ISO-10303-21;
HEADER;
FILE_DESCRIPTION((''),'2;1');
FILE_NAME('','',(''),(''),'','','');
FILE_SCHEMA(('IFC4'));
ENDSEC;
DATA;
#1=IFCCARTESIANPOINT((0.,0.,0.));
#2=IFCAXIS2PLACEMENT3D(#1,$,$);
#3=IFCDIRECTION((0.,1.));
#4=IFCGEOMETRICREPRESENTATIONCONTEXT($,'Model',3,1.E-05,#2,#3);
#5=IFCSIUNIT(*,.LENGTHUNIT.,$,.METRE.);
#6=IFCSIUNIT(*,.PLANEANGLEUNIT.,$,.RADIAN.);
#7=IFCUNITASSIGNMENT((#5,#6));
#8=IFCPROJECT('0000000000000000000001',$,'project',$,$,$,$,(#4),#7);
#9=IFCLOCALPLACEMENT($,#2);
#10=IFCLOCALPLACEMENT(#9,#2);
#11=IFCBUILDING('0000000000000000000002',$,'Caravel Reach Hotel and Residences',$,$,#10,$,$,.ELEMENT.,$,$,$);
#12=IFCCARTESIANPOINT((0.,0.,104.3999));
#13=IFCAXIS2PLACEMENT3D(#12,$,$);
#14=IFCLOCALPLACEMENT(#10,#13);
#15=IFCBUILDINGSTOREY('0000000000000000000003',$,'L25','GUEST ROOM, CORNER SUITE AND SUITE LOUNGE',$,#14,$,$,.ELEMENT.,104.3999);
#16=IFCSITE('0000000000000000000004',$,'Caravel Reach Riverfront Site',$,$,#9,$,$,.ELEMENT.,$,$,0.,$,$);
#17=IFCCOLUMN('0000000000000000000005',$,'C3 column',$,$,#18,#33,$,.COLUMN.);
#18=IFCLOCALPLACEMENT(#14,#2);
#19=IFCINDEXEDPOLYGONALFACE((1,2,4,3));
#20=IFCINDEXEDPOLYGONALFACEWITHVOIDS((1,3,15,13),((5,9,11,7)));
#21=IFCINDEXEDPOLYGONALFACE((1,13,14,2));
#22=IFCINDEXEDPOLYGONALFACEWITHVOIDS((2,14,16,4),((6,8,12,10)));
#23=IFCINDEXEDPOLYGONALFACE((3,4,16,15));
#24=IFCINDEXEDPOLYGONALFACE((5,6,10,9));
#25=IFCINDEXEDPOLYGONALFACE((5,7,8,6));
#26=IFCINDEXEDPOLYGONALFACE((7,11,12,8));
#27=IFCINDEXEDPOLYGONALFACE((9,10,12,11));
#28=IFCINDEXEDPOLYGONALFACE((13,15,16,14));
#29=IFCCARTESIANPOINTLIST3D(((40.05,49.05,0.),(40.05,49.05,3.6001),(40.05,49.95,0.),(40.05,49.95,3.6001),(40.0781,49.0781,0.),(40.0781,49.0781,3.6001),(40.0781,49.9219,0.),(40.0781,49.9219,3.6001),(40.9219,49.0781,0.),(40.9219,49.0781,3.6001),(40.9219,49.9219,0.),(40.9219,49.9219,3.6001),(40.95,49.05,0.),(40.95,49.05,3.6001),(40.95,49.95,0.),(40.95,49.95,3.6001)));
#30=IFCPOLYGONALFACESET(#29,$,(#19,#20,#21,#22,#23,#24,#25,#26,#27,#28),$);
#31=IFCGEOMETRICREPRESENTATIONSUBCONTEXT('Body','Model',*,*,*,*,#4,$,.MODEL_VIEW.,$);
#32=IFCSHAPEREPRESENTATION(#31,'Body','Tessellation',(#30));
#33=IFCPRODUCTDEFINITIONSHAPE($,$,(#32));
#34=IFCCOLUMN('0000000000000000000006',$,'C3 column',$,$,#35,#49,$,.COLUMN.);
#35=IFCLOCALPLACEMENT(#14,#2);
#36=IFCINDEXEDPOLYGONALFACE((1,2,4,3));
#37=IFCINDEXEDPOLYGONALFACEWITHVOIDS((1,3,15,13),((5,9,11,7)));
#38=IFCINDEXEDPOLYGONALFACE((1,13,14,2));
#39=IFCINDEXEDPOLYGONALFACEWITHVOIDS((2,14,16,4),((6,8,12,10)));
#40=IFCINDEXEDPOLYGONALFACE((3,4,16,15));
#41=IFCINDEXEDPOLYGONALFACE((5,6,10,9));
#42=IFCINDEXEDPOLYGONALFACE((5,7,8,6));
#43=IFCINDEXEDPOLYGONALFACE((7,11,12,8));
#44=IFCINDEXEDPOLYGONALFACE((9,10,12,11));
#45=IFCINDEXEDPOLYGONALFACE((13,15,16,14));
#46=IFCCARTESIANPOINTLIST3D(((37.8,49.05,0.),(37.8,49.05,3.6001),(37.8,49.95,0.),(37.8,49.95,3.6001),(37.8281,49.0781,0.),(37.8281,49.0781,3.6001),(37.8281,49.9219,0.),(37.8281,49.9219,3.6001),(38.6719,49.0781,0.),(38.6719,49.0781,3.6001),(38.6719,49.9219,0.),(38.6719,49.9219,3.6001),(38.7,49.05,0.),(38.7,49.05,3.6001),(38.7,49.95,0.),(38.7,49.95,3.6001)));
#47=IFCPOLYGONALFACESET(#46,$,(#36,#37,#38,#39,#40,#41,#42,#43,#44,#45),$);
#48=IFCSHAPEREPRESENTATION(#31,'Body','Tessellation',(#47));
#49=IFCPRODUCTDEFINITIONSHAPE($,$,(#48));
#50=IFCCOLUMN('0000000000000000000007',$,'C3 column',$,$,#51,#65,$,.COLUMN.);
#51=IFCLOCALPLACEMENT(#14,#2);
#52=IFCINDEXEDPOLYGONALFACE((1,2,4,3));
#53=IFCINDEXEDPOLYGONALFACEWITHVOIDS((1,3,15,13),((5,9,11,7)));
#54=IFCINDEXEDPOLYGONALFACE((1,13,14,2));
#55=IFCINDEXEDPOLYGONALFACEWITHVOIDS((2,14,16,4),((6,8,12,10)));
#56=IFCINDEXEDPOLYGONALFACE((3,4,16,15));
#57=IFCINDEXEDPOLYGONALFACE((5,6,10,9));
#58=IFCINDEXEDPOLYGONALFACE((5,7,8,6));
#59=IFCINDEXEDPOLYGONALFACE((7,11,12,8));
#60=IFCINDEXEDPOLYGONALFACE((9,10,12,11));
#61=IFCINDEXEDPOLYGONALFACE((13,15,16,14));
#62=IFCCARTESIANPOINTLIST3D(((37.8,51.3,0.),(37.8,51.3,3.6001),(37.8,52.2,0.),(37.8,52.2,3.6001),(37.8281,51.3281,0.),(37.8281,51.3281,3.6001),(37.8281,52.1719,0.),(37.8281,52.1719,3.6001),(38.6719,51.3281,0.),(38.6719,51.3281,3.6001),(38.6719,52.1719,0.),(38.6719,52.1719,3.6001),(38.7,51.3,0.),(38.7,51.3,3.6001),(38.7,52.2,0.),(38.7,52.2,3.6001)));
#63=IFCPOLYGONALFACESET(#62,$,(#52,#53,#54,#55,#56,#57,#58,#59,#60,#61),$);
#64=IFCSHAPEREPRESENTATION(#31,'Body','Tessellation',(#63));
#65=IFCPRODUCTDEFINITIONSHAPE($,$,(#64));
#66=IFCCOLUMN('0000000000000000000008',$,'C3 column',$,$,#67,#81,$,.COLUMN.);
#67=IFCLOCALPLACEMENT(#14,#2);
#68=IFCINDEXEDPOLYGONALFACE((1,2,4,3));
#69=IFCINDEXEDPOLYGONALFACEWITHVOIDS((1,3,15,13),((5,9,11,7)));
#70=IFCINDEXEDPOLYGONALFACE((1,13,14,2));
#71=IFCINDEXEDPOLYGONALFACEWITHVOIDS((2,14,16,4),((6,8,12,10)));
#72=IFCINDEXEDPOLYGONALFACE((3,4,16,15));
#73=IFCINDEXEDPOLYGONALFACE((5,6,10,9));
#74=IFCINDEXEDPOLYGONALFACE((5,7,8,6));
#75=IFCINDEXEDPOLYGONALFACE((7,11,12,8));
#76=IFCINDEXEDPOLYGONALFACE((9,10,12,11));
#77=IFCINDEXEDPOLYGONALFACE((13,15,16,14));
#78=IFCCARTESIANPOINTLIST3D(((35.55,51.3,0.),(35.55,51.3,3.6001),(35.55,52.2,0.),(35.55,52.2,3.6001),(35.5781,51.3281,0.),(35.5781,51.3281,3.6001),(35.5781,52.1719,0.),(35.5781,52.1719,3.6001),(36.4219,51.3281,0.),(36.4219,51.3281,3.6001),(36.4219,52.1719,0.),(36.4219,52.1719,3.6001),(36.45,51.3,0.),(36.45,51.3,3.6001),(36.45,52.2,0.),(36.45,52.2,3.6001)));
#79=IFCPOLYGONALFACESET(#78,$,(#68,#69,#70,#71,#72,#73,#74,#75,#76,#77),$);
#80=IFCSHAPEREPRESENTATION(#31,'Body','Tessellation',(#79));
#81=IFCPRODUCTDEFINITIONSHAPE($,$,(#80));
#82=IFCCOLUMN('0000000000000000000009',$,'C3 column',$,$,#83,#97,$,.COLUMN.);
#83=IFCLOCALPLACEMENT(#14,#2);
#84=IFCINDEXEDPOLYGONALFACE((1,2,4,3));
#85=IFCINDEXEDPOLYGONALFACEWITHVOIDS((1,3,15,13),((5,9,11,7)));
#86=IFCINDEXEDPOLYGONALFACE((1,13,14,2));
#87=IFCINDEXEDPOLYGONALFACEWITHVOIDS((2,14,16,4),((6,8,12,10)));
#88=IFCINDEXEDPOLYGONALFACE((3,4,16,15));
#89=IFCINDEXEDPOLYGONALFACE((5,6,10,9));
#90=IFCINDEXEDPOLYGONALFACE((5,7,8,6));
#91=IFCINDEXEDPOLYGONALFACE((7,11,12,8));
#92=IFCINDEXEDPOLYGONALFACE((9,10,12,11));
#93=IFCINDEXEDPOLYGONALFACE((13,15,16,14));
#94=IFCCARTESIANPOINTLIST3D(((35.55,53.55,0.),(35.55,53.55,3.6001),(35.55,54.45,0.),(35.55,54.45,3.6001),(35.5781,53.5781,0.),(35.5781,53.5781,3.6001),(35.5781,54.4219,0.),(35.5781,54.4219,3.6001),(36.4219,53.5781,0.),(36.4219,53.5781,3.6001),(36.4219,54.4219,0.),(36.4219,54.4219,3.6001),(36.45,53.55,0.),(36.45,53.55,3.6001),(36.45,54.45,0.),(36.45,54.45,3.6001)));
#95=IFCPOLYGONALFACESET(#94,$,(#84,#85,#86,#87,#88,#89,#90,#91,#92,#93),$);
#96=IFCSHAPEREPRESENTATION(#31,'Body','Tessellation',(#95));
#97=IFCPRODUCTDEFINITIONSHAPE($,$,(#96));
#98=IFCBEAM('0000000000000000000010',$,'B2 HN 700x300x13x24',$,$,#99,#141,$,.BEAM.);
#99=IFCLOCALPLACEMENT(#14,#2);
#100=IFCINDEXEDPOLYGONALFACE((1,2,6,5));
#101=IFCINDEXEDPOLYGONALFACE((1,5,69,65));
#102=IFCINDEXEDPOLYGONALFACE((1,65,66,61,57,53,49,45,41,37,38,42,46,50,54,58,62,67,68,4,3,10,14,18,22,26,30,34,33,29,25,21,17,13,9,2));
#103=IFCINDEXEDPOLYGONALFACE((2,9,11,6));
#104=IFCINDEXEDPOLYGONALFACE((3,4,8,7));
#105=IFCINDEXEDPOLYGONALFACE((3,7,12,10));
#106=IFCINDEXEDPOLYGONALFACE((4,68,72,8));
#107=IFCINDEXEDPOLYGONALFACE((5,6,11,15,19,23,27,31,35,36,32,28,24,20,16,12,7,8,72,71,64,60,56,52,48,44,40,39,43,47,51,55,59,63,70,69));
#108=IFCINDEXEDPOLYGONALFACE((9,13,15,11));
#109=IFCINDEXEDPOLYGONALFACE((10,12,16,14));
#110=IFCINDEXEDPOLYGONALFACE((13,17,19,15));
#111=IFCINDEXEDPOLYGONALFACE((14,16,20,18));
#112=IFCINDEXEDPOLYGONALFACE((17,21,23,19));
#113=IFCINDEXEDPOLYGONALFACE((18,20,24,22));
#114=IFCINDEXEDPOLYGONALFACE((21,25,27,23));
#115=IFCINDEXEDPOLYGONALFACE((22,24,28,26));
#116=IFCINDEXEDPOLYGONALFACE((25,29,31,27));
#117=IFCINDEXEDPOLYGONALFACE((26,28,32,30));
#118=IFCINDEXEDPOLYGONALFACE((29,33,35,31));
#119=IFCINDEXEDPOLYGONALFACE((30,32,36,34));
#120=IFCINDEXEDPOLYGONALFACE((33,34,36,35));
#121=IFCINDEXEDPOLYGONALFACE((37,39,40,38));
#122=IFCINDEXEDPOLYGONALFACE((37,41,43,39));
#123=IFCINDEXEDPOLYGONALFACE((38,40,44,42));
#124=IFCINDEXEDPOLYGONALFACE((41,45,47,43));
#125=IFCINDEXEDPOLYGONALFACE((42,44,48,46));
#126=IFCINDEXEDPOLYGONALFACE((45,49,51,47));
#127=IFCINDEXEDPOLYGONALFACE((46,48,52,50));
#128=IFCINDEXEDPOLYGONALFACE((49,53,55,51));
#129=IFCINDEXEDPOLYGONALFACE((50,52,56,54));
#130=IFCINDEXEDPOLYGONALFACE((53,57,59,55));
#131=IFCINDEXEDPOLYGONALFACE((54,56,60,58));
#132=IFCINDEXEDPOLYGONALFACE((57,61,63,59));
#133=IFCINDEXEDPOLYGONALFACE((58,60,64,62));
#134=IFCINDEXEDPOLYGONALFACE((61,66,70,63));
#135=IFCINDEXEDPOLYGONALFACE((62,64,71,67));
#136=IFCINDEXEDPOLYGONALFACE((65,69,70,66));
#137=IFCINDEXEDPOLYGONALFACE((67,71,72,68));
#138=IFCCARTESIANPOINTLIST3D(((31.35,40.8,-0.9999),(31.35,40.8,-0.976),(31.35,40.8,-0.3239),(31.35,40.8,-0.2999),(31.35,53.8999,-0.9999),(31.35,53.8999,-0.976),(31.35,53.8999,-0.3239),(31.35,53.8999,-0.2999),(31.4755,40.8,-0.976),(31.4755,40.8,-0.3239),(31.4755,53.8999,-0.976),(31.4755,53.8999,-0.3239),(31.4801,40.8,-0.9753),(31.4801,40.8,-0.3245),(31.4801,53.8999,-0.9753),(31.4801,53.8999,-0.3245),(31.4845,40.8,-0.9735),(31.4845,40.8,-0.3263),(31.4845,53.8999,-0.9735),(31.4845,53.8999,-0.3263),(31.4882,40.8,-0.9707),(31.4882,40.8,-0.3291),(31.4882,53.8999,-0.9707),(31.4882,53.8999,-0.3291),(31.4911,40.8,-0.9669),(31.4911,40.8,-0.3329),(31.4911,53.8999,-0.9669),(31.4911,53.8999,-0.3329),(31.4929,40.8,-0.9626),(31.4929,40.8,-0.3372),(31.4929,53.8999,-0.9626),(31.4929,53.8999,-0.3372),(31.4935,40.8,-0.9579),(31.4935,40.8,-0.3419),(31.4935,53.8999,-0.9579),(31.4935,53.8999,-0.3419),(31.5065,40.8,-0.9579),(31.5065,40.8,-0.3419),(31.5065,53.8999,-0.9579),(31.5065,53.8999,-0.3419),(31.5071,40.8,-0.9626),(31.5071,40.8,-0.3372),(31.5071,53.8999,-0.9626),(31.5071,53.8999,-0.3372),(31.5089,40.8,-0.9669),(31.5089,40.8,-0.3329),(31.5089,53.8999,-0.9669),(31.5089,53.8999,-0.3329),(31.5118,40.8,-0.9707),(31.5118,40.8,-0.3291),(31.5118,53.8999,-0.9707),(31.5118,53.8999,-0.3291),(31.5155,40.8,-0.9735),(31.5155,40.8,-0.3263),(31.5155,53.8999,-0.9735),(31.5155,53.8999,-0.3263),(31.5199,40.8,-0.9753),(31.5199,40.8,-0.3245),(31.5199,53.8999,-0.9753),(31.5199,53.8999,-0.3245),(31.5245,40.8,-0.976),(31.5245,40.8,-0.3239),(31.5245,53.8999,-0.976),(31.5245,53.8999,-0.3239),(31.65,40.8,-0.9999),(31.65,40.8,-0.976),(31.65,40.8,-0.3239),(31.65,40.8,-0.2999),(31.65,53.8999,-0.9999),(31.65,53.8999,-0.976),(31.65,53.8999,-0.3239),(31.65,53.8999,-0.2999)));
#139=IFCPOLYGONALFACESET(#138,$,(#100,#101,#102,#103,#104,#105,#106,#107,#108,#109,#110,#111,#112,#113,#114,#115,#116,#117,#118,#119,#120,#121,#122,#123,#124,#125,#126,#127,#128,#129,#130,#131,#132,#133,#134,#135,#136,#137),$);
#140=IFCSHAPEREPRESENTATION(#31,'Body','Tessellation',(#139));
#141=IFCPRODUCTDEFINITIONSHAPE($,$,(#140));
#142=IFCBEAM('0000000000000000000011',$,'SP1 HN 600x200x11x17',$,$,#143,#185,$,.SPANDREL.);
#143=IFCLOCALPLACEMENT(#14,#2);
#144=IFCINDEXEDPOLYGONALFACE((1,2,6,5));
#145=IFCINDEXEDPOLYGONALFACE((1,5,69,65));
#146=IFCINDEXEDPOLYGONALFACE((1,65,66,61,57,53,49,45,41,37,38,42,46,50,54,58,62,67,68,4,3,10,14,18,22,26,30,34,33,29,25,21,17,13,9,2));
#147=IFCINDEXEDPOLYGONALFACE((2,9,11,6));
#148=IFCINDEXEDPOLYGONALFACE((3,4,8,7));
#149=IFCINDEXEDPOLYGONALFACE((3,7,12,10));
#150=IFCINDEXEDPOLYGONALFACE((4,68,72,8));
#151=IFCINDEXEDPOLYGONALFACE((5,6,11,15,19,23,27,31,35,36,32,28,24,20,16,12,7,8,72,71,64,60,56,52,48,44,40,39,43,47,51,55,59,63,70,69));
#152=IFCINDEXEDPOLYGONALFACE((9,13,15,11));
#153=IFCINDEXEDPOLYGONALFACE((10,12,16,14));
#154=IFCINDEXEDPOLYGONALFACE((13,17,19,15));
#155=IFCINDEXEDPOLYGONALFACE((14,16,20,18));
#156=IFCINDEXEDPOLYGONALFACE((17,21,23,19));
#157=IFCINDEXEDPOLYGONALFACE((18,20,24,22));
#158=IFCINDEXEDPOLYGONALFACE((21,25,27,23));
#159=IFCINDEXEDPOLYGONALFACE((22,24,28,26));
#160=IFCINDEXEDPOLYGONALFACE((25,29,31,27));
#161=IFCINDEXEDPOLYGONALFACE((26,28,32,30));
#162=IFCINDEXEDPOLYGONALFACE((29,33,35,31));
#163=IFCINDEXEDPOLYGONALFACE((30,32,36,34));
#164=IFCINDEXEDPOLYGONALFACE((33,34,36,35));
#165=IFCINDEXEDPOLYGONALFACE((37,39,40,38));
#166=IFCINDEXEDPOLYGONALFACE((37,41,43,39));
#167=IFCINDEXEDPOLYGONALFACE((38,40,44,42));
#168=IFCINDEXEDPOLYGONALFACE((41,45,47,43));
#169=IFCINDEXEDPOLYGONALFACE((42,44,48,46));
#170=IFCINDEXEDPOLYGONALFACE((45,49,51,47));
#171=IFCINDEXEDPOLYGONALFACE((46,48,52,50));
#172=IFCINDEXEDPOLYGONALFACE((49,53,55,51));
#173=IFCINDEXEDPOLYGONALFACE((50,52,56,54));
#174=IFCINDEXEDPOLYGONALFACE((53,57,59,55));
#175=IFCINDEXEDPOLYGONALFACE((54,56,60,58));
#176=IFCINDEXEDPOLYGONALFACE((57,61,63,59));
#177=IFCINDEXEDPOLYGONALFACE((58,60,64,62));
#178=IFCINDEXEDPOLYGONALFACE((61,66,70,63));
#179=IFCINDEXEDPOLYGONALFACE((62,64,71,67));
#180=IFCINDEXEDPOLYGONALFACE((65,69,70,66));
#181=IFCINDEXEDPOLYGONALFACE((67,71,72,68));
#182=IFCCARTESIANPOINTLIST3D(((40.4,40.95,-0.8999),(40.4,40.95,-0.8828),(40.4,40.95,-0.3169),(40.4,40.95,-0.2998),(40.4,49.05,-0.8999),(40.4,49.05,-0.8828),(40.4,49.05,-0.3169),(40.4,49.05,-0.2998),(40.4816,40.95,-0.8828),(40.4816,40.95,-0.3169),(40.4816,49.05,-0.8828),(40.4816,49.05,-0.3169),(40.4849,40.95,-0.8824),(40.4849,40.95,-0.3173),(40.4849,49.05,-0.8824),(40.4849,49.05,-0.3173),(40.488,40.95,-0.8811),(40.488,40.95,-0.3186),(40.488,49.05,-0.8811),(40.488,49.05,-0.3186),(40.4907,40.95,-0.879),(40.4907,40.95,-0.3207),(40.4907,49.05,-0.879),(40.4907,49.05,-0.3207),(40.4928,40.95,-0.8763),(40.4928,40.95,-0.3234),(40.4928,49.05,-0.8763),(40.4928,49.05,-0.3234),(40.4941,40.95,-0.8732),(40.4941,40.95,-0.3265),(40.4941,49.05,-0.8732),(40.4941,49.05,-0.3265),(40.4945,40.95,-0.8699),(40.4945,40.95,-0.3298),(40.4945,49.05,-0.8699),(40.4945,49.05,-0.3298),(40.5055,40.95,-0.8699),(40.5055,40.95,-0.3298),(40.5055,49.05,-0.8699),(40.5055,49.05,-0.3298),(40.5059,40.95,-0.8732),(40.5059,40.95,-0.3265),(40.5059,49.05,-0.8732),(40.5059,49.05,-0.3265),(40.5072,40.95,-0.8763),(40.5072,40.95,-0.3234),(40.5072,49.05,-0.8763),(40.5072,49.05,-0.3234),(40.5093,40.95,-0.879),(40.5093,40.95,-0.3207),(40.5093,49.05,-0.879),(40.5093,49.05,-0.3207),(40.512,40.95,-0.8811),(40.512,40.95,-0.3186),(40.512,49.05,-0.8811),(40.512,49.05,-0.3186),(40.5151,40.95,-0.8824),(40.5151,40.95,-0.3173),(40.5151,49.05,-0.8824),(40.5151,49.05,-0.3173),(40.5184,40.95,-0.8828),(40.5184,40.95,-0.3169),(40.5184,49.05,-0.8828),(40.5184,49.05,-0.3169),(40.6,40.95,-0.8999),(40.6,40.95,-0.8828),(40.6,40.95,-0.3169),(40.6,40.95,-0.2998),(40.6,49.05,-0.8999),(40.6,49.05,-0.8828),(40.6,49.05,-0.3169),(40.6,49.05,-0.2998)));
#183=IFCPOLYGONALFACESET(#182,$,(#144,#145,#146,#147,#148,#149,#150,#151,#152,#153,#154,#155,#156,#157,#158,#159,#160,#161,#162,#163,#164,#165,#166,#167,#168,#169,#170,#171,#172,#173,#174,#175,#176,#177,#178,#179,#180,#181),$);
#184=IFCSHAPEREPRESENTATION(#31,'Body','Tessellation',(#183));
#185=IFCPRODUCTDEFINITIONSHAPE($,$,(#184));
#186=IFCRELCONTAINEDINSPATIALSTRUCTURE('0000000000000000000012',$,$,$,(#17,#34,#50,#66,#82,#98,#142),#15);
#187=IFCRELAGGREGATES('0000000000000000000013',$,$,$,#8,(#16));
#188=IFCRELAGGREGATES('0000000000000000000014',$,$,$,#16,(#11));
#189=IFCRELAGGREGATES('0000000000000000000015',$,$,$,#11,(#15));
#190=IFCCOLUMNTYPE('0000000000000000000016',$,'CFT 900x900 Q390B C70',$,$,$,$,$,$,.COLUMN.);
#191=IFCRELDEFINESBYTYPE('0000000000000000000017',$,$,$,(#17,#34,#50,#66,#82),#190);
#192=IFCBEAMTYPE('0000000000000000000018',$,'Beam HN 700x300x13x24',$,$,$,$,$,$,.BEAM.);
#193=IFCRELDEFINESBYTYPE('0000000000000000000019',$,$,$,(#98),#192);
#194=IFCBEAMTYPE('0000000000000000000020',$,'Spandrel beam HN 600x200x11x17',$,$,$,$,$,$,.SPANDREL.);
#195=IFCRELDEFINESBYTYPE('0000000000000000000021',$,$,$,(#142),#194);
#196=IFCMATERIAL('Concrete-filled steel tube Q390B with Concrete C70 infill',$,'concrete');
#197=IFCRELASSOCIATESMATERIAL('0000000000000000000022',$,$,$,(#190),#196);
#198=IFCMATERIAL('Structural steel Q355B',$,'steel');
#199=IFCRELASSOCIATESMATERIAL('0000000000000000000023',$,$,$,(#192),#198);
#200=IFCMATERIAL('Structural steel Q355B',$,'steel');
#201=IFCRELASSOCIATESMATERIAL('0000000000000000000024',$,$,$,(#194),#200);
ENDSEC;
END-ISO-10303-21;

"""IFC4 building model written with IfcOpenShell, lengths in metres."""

from ifc_helpers import new_model, si_unit, direction, frame, origin, origin_2d, place, context, subcontext, project, spatial, hollow_rectangle, i_section, extrude, material, material_profile, profile_set, type_object, element, save


model = new_model("IFC4")

# Units and contexts
model_context = context("Model", 3, precision=1e-05, world=origin(), true_north=direction((0.0, 1.0)))
body_context = subcontext(model_context, "Body", "Model", "MODEL_VIEW")
ifc_project = project(units=[si_unit("LENGTHUNIT", "METRE"), si_unit("PLANEANGLEUNIT", "RADIAN")], contexts=[model_context])

# Site, building, storey
site_placement = place(None, origin())
site = spatial("IfcSite", under=ifc_project, at=site_placement, Name="Caravel Reach Riverfront Site", CompositionType="ELEMENT", RefElevation=0.0)
building_placement = place(site_placement, origin())
building = spatial("IfcBuilding", under=site, at=building_placement, Name="Caravel Reach Hotel and Residences", CompositionType="ELEMENT")
storey_placement = place(building_placement, frame((0.0, 0.0, 104.3999)))
storey = spatial("IfcBuildingStorey", under=building, at=storey_placement, Name="L25", Description="GUEST ROOM, CORNER SUITE AND SUITE LOUNGE", CompositionType="ELEMENT", Elevation=104.3999)

# Columns
ifc_material_1 = material(Name="Concrete-filled steel tube Q390B with Concrete C70 infill", Category="concrete")
ifc_material_profile_1 = material_profile(ifc_material_1, hollow_rectangle(XDim=0.8999, YDim=0.8999, WallThickness=0.0281, at=origin_2d()), Name="RHS 900x900x28")
ifc_profile_set_1 = profile_set([ifc_material_profile_1], Name="Concrete-filled steel tube Q390B with Concrete C70 infill")
column_type = type_object("IfcColumnType", Name="CFT 900x900 Q390B C70", PredefinedType="COLUMN", material=ifc_profile_set_1)
for number, where, z_axis, x_axis, name in (
    (1, (40.5, 49.5, 0.0), (0.0, 0.0, 1.0), (1.0, 0.0, 0.0), "C3 column"),
    (2, (38.25, 49.5, 0.0), (0.0, 0.0, 1.0), (1.0, 0.0, 0.0), "C3 column"),
    (3, (38.25, 51.75, 0.0), (0.0, 0.0, 1.0), (1.0, 0.0, 0.0), "C3 column"),
    (4, (36.0, 51.75, 0.0), (0.0, 0.0, 1.0), (1.0, 0.0, 0.0), "C3 column"),
    (5, (36.0, 54.0, 0.0), (0.0, 0.0, 1.0), (1.0, 0.0, 0.0), "C3 column"),
):
    element("IfcColumn", number, at=place(storey_placement, frame(where, z_axis=z_axis, x_axis=x_axis)), inside=storey, type_object=column_type, Name=name, PredefinedType="COLUMN", context=body_context, shape_type="SweptSolid", body=[
        extrude(hollow_rectangle(XDim=0.8999, YDim=0.8999, WallThickness=0.0281, at=origin_2d()), origin(), (0.0, 0.0, 1.0), 3.6001),
    ])

# Beams
ifc_material_2 = material(Name="Structural steel Q355B", Category="steel")
ifc_material_profile_2 = material_profile(ifc_material_2, i_section(OverallWidth=0.3, OverallDepth=0.7, WebThickness=0.0129, FlangeThickness=0.0239, FilletRadius=0.0181, at=origin_2d()), Name="HN 700x300x13x24")
ifc_profile_set_2 = profile_set([ifc_material_profile_2], Name="Structural steel Q355B")
beam_type_1 = type_object("IfcBeamType", Name="Beam HN 700x300x13x24", PredefinedType="BEAM", material=ifc_profile_set_2)
beam_1_placement = place(storey_placement, frame((31.5, 40.8, -0.6499), z_axis=(0.0, 1.0, 0.0), x_axis=(-1.0, 0.0, 0.0)))
element("IfcBeam", 6, at=beam_1_placement, inside=storey, type_object=beam_type_1, Name="B2 HN 700x300x13x24", PredefinedType="BEAM", context=body_context, shape_type="SweptSolid", body=[
    extrude(i_section(OverallWidth=0.3, OverallDepth=0.7, WebThickness=0.0129, FlangeThickness=0.0239, FilletRadius=0.0181, at=origin_2d()), origin(), (0.0, 0.0, 1.0), 13.0999),
])
ifc_material_3 = material(Name="Structural steel Q355B", Category="steel")
ifc_material_profile_3 = material_profile(ifc_material_3, i_section(OverallWidth=0.2, OverallDepth=0.6001, WebThickness=0.011, FlangeThickness=0.0171, FilletRadius=0.0129, at=origin_2d()), Name="HN 600x200x11x17")
ifc_profile_set_3 = profile_set([ifc_material_profile_3], Name="Structural steel Q355B")
beam_type_2 = type_object("IfcBeamType", Name="Spandrel beam HN 600x200x11x17", PredefinedType="SPANDREL", material=ifc_profile_set_3)
beam_2_placement = place(storey_placement, frame((40.5, 40.95, -0.5999), z_axis=(0.0, 1.0, 0.0), x_axis=(-1.0, 0.0, 0.0)))
element("IfcBeam", 7, at=beam_2_placement, inside=storey, type_object=beam_type_2, Name="SP1 HN 600x200x11x17", PredefinedType="SPANDREL", context=body_context, shape_type="SweptSolid", body=[
    extrude(i_section(OverallWidth=0.2, OverallDepth=0.6001, WebThickness=0.011, FlangeThickness=0.0171, FilletRadius=0.0129, at=origin_2d()), origin(), (0.0, 0.0, 1.0), 8.1001),
])

save(model, "model.ifc")
